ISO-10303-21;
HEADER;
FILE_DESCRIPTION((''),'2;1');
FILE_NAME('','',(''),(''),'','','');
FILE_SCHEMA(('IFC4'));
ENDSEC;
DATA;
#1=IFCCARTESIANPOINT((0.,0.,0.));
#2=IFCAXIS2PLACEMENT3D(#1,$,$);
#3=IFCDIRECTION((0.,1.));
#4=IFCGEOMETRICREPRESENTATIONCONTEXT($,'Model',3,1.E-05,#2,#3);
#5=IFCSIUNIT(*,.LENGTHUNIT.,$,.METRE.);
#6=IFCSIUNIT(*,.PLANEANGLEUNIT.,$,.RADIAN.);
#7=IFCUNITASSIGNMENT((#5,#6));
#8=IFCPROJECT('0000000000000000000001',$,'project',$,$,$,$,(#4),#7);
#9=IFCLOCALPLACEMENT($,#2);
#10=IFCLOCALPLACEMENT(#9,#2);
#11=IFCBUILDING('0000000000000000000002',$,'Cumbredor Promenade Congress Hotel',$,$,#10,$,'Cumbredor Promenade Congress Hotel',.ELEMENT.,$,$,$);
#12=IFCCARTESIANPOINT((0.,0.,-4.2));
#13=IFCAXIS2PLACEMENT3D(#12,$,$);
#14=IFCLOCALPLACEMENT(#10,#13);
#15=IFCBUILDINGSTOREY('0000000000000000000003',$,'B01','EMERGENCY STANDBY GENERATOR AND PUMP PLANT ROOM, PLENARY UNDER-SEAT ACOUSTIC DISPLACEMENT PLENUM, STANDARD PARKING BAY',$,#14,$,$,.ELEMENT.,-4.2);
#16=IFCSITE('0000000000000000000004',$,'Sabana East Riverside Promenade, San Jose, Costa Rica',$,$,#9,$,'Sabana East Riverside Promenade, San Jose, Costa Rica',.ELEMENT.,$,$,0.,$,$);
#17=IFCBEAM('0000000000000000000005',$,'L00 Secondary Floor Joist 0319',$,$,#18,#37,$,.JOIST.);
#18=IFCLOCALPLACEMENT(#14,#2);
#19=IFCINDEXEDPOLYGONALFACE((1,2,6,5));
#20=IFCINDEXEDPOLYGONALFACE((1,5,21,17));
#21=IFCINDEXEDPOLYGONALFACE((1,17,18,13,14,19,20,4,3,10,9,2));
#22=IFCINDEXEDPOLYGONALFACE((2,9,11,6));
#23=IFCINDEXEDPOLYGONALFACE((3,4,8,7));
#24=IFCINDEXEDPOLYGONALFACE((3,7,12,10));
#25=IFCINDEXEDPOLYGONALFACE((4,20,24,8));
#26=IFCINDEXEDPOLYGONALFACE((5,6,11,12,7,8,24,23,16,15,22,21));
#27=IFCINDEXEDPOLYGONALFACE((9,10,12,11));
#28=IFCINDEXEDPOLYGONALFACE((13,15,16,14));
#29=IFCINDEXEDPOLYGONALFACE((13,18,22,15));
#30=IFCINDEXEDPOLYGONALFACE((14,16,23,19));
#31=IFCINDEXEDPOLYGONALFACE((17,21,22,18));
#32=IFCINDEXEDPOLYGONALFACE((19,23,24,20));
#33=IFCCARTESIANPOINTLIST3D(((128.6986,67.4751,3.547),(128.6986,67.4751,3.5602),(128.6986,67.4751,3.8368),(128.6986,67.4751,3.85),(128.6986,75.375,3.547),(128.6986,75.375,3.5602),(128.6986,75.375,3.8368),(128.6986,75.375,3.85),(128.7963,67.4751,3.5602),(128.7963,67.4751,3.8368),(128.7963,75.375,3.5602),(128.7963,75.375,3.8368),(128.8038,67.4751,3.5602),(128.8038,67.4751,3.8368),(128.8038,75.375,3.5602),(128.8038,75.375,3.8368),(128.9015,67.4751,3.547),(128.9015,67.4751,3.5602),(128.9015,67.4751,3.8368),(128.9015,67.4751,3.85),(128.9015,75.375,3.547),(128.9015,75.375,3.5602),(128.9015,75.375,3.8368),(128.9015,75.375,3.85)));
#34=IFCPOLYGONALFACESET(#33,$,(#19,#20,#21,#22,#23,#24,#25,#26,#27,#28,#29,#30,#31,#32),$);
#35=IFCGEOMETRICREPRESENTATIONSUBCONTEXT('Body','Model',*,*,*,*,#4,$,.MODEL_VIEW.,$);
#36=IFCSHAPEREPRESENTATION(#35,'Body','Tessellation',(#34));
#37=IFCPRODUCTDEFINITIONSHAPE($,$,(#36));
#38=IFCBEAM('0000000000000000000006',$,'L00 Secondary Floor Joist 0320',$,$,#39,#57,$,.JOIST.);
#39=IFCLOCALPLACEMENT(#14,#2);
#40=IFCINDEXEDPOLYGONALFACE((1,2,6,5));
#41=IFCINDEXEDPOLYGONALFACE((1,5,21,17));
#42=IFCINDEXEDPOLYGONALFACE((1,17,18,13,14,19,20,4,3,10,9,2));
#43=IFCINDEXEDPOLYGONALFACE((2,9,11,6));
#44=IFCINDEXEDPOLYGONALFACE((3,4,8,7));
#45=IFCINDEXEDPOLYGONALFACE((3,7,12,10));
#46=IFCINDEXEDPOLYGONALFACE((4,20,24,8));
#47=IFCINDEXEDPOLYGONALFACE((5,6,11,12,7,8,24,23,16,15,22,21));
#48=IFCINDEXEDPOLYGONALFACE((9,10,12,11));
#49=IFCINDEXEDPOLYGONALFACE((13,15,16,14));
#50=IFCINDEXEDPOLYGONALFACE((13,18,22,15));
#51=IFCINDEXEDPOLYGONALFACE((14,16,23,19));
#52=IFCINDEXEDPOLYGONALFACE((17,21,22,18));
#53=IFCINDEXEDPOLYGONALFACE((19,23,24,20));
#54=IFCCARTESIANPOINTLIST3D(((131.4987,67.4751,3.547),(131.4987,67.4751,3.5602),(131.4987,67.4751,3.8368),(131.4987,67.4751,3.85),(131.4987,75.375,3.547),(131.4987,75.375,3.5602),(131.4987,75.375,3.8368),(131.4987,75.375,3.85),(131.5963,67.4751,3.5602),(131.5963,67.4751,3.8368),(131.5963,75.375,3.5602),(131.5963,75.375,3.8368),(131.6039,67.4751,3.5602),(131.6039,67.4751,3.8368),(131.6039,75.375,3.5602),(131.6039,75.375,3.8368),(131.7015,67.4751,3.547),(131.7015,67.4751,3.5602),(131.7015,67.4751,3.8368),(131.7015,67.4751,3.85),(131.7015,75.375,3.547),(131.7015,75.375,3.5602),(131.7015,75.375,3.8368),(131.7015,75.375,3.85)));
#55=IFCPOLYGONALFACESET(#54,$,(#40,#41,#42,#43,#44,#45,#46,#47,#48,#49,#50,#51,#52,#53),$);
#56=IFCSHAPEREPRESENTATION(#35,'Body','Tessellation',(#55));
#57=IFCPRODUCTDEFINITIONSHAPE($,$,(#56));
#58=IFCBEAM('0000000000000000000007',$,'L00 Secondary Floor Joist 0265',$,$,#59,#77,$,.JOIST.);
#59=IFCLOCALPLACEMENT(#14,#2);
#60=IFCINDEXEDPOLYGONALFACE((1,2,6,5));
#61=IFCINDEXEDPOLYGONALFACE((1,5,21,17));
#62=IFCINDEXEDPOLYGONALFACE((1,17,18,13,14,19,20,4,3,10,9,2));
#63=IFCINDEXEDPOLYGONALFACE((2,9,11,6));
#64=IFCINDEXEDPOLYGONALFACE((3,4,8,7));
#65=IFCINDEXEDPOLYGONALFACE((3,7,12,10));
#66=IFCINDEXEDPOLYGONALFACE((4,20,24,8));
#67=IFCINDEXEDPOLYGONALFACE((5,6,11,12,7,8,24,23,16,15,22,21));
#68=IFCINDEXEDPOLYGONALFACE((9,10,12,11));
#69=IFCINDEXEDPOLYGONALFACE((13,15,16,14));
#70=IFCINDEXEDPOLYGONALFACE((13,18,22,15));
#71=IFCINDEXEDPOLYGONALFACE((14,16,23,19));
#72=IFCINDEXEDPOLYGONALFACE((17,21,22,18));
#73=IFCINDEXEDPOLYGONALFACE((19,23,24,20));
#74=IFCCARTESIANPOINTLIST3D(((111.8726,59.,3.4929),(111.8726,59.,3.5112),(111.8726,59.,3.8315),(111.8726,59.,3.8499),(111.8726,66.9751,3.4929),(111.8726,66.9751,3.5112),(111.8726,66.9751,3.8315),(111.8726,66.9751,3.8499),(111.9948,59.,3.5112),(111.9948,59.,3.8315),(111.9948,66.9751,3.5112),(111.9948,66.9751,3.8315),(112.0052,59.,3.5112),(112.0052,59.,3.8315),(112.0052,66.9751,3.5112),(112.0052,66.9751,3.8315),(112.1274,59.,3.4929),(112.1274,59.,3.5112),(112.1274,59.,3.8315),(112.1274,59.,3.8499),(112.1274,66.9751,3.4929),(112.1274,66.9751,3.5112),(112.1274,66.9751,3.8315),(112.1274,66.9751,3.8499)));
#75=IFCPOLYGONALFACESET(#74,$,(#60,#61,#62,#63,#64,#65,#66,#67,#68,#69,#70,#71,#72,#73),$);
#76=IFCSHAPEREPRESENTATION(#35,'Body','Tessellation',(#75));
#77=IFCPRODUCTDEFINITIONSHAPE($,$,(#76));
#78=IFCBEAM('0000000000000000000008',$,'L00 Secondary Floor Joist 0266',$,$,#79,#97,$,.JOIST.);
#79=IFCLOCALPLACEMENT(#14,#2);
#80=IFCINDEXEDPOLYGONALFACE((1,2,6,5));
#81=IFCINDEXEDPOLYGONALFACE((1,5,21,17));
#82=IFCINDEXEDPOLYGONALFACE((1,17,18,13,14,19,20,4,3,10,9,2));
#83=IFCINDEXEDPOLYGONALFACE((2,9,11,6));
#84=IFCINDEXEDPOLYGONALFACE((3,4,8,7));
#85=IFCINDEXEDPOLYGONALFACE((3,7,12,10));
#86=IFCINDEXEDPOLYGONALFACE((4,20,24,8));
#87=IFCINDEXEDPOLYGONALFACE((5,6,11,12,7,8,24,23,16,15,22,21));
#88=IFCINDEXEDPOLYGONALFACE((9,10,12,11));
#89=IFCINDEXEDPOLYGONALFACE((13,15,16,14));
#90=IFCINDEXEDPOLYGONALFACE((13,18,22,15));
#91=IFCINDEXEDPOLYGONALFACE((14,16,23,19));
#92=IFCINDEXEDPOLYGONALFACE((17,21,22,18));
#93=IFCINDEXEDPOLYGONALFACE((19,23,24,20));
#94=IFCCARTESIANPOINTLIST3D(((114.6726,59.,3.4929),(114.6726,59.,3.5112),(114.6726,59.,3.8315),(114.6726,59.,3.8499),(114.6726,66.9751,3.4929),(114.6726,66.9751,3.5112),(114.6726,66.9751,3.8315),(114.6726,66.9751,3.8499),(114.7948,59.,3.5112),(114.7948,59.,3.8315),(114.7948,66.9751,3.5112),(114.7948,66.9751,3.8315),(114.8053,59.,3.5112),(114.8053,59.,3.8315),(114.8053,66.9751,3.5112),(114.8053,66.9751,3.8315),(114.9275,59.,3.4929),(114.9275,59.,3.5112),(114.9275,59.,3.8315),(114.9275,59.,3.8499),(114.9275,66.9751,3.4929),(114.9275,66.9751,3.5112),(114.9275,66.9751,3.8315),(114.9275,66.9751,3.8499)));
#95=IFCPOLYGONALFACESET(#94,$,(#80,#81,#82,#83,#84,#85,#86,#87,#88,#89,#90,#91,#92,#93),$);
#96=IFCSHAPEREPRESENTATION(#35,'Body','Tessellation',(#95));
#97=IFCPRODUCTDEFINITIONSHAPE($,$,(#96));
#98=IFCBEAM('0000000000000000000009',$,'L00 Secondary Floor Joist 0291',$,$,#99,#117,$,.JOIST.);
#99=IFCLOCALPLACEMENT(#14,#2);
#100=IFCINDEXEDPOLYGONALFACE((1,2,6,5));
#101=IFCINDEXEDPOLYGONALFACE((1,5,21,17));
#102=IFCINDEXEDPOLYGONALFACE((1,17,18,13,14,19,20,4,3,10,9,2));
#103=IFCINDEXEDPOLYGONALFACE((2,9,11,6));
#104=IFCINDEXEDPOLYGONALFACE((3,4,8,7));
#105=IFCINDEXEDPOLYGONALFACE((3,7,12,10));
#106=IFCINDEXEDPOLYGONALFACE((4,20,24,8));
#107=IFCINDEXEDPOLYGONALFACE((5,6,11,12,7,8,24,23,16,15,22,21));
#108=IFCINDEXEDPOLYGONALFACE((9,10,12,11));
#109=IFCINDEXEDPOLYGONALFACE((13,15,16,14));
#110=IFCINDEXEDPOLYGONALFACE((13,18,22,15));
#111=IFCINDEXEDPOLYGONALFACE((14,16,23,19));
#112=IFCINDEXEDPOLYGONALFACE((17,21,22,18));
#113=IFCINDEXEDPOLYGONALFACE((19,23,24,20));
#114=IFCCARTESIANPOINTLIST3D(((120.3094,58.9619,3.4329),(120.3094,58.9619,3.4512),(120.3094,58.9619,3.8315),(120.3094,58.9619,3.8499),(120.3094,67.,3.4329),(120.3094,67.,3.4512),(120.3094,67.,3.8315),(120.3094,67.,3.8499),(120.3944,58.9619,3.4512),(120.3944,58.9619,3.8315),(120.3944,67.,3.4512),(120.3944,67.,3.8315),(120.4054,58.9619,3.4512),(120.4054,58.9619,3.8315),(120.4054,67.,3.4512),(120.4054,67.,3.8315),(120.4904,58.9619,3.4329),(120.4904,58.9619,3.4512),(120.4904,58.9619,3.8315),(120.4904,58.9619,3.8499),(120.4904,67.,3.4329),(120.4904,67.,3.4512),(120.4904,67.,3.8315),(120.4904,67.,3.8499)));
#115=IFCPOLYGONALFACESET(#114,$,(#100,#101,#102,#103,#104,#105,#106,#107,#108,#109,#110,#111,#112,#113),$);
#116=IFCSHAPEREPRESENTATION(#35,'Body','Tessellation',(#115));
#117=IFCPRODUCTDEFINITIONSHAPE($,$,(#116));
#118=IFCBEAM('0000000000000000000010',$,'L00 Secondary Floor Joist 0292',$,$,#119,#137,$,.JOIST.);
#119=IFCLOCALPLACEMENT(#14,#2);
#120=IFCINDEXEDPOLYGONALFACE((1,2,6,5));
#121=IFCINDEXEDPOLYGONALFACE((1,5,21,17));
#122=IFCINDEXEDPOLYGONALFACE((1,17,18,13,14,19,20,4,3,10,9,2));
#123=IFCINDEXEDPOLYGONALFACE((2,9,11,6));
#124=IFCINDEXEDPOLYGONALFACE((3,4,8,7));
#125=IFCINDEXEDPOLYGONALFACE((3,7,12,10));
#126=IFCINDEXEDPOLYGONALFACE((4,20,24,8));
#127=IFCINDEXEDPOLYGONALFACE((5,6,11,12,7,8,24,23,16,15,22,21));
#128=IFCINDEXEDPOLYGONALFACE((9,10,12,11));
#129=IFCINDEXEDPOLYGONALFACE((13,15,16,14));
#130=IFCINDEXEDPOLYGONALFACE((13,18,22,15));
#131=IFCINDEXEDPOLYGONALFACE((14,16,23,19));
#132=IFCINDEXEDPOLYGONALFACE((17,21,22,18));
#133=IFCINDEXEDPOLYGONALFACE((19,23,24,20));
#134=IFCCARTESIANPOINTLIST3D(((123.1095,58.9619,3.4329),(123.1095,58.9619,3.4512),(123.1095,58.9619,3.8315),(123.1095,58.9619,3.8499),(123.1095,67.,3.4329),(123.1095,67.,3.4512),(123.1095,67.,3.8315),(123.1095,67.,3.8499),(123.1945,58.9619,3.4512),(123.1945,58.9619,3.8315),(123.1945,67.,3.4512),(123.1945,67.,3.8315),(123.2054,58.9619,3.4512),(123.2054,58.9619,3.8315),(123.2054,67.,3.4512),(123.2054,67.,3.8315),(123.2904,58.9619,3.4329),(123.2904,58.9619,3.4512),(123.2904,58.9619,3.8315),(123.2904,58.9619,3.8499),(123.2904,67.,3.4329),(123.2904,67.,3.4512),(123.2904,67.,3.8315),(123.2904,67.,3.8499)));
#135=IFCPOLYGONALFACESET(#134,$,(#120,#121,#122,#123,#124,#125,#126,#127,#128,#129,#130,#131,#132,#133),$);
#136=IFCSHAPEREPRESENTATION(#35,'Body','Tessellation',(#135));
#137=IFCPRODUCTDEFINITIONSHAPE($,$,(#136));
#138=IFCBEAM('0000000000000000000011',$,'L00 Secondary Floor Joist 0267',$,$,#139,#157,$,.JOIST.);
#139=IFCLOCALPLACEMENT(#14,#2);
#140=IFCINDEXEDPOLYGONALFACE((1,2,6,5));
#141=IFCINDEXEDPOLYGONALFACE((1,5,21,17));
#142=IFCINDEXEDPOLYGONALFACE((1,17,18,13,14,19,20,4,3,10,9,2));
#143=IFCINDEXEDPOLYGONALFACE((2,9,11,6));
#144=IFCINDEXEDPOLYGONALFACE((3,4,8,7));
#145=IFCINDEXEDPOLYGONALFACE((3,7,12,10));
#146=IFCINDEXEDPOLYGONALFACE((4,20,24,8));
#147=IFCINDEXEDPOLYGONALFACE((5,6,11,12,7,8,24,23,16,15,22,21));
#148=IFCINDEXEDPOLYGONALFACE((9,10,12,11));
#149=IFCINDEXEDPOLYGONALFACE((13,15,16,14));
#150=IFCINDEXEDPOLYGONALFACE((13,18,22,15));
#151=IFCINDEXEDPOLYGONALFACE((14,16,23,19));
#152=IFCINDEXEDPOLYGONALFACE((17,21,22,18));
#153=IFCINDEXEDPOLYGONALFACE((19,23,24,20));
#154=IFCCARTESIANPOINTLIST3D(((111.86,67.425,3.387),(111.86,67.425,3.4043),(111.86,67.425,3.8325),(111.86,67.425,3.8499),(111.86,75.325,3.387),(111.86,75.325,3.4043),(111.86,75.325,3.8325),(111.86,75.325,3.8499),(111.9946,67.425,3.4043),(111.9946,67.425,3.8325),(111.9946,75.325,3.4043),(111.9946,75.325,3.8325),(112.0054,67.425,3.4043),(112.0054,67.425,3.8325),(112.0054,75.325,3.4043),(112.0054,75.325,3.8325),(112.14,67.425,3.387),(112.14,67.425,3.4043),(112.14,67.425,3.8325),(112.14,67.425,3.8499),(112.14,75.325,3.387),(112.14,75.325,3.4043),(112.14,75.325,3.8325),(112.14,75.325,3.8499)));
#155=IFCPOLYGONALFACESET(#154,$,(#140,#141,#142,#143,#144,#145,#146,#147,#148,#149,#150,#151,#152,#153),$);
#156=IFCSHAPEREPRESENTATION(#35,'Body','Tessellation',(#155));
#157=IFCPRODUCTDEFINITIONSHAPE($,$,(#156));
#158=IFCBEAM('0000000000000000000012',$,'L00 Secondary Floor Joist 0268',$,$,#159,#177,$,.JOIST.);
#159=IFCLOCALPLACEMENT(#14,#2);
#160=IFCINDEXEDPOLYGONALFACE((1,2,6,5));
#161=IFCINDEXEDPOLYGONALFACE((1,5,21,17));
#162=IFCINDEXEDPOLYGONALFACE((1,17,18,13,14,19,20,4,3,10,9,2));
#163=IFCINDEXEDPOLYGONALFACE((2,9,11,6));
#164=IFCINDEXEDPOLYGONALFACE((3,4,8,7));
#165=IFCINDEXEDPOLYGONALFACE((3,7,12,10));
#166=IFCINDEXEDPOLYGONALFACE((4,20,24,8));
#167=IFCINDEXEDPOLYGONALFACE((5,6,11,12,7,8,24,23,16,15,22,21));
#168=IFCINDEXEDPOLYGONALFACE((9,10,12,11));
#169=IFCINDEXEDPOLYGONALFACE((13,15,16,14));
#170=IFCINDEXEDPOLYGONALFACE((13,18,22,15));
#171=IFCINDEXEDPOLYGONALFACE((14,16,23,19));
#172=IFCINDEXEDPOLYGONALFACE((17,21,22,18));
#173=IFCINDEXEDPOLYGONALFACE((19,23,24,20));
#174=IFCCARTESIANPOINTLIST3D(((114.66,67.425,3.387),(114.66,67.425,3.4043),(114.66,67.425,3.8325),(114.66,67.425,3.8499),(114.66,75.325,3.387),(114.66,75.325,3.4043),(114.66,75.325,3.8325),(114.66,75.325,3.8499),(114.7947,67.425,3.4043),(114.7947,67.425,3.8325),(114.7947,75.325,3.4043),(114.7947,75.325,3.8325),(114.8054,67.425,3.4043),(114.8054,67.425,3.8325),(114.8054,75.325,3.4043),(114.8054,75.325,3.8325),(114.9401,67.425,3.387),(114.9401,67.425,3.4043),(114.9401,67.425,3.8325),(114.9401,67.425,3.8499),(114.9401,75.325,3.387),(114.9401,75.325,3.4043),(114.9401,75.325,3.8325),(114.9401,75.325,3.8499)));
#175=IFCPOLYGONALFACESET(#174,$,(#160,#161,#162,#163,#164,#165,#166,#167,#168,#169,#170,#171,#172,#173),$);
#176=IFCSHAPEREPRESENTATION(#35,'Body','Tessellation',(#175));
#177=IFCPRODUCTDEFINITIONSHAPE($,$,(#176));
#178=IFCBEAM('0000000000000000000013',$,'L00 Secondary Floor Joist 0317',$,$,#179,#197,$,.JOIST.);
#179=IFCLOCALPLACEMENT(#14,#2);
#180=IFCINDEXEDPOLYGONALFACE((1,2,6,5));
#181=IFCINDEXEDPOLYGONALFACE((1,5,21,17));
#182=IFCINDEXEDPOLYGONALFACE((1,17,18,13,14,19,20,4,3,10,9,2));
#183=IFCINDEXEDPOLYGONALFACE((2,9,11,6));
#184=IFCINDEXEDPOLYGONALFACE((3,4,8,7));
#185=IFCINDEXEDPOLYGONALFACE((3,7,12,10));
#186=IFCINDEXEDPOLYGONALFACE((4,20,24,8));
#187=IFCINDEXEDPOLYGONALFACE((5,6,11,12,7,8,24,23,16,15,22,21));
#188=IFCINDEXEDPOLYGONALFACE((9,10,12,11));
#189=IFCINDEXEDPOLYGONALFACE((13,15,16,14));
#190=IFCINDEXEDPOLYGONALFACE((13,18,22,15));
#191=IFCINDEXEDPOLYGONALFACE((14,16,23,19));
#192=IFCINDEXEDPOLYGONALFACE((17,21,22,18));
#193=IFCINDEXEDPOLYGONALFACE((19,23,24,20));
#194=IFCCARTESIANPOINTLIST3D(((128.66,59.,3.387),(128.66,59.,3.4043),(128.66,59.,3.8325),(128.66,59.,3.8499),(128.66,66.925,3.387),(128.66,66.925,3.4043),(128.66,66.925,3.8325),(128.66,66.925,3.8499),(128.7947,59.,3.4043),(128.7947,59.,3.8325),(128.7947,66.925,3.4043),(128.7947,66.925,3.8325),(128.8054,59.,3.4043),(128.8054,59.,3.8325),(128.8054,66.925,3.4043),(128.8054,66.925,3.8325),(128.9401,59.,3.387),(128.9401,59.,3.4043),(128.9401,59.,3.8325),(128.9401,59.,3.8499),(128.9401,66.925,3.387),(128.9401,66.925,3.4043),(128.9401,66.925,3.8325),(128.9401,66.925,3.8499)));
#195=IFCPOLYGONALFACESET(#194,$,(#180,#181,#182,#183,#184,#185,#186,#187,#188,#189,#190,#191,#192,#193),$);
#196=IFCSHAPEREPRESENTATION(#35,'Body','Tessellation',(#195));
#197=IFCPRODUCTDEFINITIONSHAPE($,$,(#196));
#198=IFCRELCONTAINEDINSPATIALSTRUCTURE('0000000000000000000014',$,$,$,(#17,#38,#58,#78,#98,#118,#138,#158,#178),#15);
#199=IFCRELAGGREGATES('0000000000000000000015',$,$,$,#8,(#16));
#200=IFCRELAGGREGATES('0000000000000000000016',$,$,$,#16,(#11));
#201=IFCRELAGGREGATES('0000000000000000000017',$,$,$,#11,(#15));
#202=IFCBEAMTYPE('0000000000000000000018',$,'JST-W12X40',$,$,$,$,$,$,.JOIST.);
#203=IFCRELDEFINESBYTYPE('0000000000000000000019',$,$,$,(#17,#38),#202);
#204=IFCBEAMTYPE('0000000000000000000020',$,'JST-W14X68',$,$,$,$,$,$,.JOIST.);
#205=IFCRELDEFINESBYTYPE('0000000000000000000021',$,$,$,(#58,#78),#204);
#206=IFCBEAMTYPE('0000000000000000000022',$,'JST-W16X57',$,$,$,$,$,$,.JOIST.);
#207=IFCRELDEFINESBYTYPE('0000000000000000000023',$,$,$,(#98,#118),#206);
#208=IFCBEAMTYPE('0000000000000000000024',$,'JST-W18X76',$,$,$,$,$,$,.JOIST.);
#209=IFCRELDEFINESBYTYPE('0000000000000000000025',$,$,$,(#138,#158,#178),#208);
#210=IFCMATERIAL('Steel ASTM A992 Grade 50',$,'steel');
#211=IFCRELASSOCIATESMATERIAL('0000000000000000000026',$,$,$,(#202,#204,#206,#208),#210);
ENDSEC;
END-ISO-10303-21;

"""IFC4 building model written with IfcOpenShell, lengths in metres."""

from ifc_helpers import new_model, si_unit, direction, frame, origin, origin_2d, place, context, subcontext, project, spatial, i_section, extrude, material, material_profile, profile_set, type_object, element, save


model = new_model("IFC4")

# Units and contexts
model_context = context("Model", 3, precision=1e-05, world=origin(), true_north=direction((0.0, 1.0)))
body_context = subcontext(model_context, "Body", "Model", "MODEL_VIEW")
ifc_project = project(units=[si_unit("LENGTHUNIT", "METRE"), si_unit("PLANEANGLEUNIT", "RADIAN")], contexts=[model_context])

# Site, building, storey
site_placement = place(None, origin())
site = spatial("IfcSite", under=ifc_project, at=site_placement, Name="Sabana East Riverside Promenade, San Jose, Costa Rica", LongName="Sabana East Riverside Promenade, San Jose, Costa Rica", CompositionType="ELEMENT", RefElevation=0.0)
building_placement = place(site_placement, origin())
building = spatial("IfcBuilding", under=site, at=building_placement, Name="Cumbredor Promenade Congress Hotel", LongName="Cumbredor Promenade Congress Hotel", CompositionType="ELEMENT")
storey_placement = place(building_placement, frame((0.0, 0.0, -4.2)))
storey = spatial("IfcBuildingStorey", under=building, at=storey_placement, Name="B01", Description="EMERGENCY STANDBY GENERATOR AND PUMP PLANT ROOM, PLENARY UNDER-SEAT ACOUSTIC DISPLACEMENT PLENUM, STANDARD PARKING BAY", CompositionType="ELEMENT", Elevation=-4.2)

# Beams
ifc_material_1 = material(Name="Steel ASTM A992 Grade 50", Category="steel")
ifc_material_profile_1 = material_profile(ifc_material_1, i_section(OverallWidth=0.2029, OverallDepth=0.303, WebThickness=0.0076, FlangeThickness=0.0132, at=origin_2d()), Name="W12X40")
ifc_profile_set_1 = profile_set([ifc_material_profile_1], Name="Steel ASTM A992 Grade 50")
beam_type_1 = type_object("IfcBeamType", Name="JST-W12X40", PredefinedType="JOIST", material=ifc_profile_set_1)
for number, where, z_axis, x_axis, name in (
    (1, (128.8, 67.4751, 3.6985), (0.0, 1.0, 0.0), (-1.0, 0.0, 0.0), "L00 Secondary Floor Joist 0319"),
    (2, (131.6001, 67.4751, 3.6985), (0.0, 1.0, 0.0), (-1.0, 0.0, 0.0), "L00 Secondary Floor Joist 0320"),
):
    element("IfcBeam", number, at=place(storey_placement, frame(where, z_axis=z_axis, x_axis=x_axis)), inside=storey, type_object=beam_type_1, Name=name, PredefinedType="JOIST", context=body_context, shape_type="SweptSolid", body=[
        extrude(i_section(OverallWidth=0.2029, OverallDepth=0.303, WebThickness=0.0076, FlangeThickness=0.0132, at=origin_2d()), origin(), (0.0, 0.0, 1.0), 7.8999),
    ])
ifc_material_profile_2 = material_profile(ifc_material_1, i_section(OverallWidth=0.2549, OverallDepth=0.3569, WebThickness=0.0105, FlangeThickness=0.0183, at=origin_2d()), Name="W14X68")
ifc_profile_set_2 = profile_set([ifc_material_profile_2], Name="Steel ASTM A992 Grade 50")
beam_type_2 = type_object("IfcBeamType", Name="JST-W14X68", PredefinedType="JOIST", material=ifc_profile_set_2)
for number, where, z_axis, x_axis, name in (
    (3, (112.0, 59.0, 3.6714), (0.0, 1.0, 0.0), (-1.0, 0.0, 0.0), "L00 Secondary Floor Joist 0265"),
    (4, (114.8, 59.0, 3.6714), (0.0, 1.0, 0.0), (-1.0, 0.0, 0.0), "L00 Secondary Floor Joist 0266"),
):
    element("IfcBeam", number, at=place(storey_placement, frame(where, z_axis=z_axis, x_axis=x_axis)), inside=storey, type_object=beam_type_2, Name=name, PredefinedType="JOIST", context=body_context, shape_type="SweptSolid", body=[
        extrude(i_section(OverallWidth=0.2549, OverallDepth=0.3569, WebThickness=0.0105, FlangeThickness=0.0183, at=origin_2d()), origin(), (0.0, 0.0, 1.0), 7.9751),
    ])
ifc_material_profile_3 = material_profile(ifc_material_1, i_section(OverallWidth=0.1809, OverallDepth=0.417, WebThickness=0.011, FlangeThickness=0.0183, at=origin_2d()), Name="W16X57")
ifc_profile_set_3 = profile_set([ifc_material_profile_3], Name="Steel ASTM A992 Grade 50")
beam_type_3 = type_object("IfcBeamType", Name="JST-W16X57", PredefinedType="JOIST", material=ifc_profile_set_3)
for number, where, z_axis, x_axis, name in (
    (5, (120.3999, 58.9619, 3.6414), (0.0, 1.0, 0.0), (-1.0, 0.0, 0.0), "L00 Secondary Floor Joist 0291"),
    (6, (123.2, 58.9619, 3.6414), (0.0, 1.0, 0.0), (-1.0, 0.0, 0.0), "L00 Secondary Floor Joist 0292"),
):
    element("IfcBeam", number, at=place(storey_placement, frame(where, z_axis=z_axis, x_axis=x_axis)), inside=storey, type_object=beam_type_3, Name=name, PredefinedType="JOIST", context=body_context, shape_type="SweptSolid", body=[
        extrude(i_section(OverallWidth=0.1809, OverallDepth=0.417, WebThickness=0.011, FlangeThickness=0.0183, at=origin_2d()), origin(), (0.0, 0.0, 1.0), 8.0381),
    ])
ifc_material_profile_4 = material_profile(ifc_material_1, i_section(OverallWidth=0.28, OverallDepth=0.4629, WebThickness=0.0107, FlangeThickness=0.0173, at=origin_2d()), Name="W18X76")
ifc_profile_set_4 = profile_set([ifc_material_profile_4], Name="Steel ASTM A992 Grade 50")
beam_type_4 = type_object("IfcBeamType", Name="JST-W18X76", PredefinedType="JOIST", material=ifc_profile_set_4)
for number, where, z_axis, x_axis, name in (
    (7, (112.0, 67.425, 3.6184), (0.0, 1.0, 0.0), (-1.0, 0.0, 0.0), "L00 Secondary Floor Joist 0267"),
    (8, (114.8, 67.425, 3.6184), (0.0, 1.0, 0.0), (-1.0, 0.0, 0.0), "L00 Secondary Floor Joist 0268"),
):
    element("IfcBeam", number, at=place(storey_placement, frame(where, z_axis=z_axis, x_axis=x_axis)), inside=storey, type_object=beam_type_4, Name=name, PredefinedType="JOIST", context=body_context, shape_type="SweptSolid", body=[
        extrude(i_section(OverallWidth=0.28, OverallDepth=0.4629, WebThickness=0.0107, FlangeThickness=0.0173, at=origin_2d()), origin(), (0.0, 0.0, 1.0), 7.8999),
    ])
for number, where, z_axis, x_axis, name in (
    (9, (128.8, 59.0, 3.6184), (0.0, 1.0, 0.0), (-1.0, 0.0, 0.0), "L00 Secondary Floor Joist 0317"),
):
    element("IfcBeam", number, at=place(storey_placement, frame(where, z_axis=z_axis, x_axis=x_axis)), inside=storey, type_object=beam_type_4, Name=name, PredefinedType="JOIST", context=body_context, shape_type="SweptSolid", body=[
        extrude(i_section(OverallWidth=0.28, OverallDepth=0.4629, WebThickness=0.0107, FlangeThickness=0.0173, at=origin_2d()), origin(), (0.0, 0.0, 1.0), 7.925),
    ])

save(model, "model.ifc")
